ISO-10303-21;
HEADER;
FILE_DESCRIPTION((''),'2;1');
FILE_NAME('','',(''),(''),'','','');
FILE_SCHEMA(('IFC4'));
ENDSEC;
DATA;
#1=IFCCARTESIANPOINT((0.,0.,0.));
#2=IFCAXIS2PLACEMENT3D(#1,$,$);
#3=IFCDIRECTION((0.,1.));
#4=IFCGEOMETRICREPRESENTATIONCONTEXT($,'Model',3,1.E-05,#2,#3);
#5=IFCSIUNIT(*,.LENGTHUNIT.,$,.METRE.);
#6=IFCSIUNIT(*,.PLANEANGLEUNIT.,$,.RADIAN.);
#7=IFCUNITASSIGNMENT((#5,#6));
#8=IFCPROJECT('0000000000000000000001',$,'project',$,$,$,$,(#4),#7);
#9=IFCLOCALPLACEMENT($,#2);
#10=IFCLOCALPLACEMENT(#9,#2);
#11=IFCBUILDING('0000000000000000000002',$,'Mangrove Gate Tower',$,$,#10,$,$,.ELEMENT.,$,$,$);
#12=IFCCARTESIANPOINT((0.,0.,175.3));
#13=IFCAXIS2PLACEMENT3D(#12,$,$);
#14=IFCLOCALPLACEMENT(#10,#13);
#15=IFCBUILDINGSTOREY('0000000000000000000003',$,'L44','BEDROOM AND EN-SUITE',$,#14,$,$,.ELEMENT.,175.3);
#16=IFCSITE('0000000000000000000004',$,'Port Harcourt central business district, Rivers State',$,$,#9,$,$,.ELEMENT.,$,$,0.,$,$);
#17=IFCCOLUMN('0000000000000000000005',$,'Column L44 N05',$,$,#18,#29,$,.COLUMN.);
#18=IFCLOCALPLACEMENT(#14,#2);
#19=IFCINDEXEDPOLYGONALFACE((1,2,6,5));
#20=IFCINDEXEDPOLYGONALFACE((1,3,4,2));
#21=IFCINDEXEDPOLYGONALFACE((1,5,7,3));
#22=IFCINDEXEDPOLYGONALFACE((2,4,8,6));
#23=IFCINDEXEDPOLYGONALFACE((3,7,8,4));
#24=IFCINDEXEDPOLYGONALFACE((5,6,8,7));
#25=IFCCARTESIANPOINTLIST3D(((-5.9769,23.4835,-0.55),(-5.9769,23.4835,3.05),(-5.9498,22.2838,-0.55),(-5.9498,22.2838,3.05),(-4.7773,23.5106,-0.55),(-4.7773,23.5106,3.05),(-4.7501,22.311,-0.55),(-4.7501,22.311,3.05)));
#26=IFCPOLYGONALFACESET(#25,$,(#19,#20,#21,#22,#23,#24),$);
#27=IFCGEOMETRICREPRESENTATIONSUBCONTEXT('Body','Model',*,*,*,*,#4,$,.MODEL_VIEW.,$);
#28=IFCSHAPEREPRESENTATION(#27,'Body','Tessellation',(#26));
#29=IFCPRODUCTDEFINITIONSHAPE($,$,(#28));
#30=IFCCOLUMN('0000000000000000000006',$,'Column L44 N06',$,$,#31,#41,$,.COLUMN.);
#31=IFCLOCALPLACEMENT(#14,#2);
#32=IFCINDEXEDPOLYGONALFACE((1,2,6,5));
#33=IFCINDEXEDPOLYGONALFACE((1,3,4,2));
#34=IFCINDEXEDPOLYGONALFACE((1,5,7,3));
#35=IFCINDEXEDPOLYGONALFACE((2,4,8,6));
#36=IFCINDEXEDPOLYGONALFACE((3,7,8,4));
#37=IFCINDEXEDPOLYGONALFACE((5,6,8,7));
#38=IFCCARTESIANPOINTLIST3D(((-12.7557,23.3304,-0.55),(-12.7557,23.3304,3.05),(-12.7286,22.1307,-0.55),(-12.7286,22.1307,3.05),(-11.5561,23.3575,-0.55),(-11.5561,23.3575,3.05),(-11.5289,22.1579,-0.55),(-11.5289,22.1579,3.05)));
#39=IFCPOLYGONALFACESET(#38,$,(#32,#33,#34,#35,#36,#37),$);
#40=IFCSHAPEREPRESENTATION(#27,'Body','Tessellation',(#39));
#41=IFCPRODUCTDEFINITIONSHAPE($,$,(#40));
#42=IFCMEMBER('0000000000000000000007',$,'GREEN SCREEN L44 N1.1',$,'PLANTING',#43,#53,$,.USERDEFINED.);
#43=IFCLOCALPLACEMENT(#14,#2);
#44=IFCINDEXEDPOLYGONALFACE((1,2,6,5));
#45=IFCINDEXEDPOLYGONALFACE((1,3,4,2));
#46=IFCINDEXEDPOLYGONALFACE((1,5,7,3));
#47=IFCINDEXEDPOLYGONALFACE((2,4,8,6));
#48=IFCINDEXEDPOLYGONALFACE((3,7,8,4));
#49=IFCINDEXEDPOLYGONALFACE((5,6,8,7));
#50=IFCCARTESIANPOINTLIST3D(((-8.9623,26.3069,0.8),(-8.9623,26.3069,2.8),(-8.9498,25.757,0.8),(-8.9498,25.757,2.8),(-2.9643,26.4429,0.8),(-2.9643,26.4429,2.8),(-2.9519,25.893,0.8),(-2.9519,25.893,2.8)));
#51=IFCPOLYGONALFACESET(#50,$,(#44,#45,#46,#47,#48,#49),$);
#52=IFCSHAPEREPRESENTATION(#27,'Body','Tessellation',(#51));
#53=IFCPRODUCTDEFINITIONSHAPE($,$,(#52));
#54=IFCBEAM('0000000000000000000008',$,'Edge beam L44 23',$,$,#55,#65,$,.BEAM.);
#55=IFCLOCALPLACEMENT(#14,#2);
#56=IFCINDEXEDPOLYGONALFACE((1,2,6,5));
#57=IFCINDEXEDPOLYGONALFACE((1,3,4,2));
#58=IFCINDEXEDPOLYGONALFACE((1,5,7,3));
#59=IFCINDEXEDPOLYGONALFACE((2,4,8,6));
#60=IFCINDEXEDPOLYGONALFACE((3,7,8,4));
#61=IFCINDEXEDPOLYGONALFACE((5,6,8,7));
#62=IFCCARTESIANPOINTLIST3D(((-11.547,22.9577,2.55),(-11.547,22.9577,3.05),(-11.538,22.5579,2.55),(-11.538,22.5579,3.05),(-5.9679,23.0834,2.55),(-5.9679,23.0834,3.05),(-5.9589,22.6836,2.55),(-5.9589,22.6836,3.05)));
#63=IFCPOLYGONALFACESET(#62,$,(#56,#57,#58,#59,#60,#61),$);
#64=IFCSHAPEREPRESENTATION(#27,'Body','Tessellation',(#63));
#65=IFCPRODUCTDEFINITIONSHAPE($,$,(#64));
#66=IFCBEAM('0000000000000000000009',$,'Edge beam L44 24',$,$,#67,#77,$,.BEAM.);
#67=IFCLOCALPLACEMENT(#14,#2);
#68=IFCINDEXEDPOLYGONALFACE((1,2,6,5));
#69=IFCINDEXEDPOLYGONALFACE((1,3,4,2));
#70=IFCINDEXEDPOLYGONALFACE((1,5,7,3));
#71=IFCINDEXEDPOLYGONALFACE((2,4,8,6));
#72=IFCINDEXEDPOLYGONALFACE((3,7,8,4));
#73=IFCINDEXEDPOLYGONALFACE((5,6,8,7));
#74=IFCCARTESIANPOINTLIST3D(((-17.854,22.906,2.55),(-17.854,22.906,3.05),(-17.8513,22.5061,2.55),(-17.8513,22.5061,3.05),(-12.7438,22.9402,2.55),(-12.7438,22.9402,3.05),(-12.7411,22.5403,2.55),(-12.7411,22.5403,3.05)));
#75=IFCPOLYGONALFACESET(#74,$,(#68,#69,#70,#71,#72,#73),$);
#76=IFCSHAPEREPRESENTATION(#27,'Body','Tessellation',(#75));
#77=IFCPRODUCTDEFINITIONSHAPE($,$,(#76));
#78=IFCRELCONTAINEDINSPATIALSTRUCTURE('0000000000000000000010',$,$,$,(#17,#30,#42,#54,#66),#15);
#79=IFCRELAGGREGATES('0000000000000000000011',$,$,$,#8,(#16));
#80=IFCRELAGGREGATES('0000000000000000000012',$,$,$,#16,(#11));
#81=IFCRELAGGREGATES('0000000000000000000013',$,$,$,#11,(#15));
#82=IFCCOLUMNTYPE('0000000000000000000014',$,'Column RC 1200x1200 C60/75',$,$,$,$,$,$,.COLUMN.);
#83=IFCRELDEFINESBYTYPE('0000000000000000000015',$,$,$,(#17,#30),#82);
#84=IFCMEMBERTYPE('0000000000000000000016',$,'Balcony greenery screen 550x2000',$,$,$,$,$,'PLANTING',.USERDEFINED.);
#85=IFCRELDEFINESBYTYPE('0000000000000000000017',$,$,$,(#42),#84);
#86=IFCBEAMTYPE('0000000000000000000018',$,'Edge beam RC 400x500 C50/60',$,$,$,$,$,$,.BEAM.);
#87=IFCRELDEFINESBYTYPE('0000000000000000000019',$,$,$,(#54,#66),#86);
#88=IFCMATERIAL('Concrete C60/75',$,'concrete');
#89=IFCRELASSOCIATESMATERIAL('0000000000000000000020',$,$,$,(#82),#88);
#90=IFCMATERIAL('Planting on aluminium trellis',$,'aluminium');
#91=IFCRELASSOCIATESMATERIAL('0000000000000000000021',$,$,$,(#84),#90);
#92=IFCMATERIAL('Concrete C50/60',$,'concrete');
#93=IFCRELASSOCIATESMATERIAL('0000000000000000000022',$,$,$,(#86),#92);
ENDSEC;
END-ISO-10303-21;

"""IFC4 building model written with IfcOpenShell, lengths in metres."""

from ifc_helpers import new_model, si_unit, direction, frame, origin, origin_2d, place, context, subcontext, project, spatial, rectangle, extrude, material, material_profile, profile_set, type_object, element, save


model = new_model("IFC4")

# Units and contexts
model_context = context("Model", 3, precision=1e-05, world=origin(), true_north=direction((0.0, 1.0)))
body_context = subcontext(model_context, "Body", "Model", "MODEL_VIEW")
ifc_project = project(units=[si_unit("LENGTHUNIT", "METRE"), si_unit("PLANEANGLEUNIT", "RADIAN")], contexts=[model_context])

# Site, building, storey
site_placement = place(None, origin())
site = spatial("IfcSite", under=ifc_project, at=site_placement, Name="Port Harcourt central business district, Rivers State", CompositionType="ELEMENT", RefElevation=0.0)
building_placement = place(site_placement, origin())
building = spatial("IfcBuilding", under=site, at=building_placement, Name="Mangrove Gate Tower", CompositionType="ELEMENT")
storey_placement = place(building_placement, frame((0.0, 0.0, 175.3)))
storey = spatial("IfcBuildingStorey", under=building, at=storey_placement, Name="L44", Description="BEDROOM AND EN-SUITE", CompositionType="ELEMENT", Elevation=175.3)

# Columns
ifc_material_1 = material(Name="Concrete C60/75", Category="concrete")
ifc_material_profile_1 = material_profile(ifc_material_1, rectangle(XDim=1.2, YDim=1.2, at=origin_2d()))
ifc_profile_set_1 = profile_set([ifc_material_profile_1], Name="Concrete C60/75")
column_type = type_object("IfcColumnType", Name="Column RC 1200x1200 C60/75", PredefinedType="COLUMN", material=ifc_profile_set_1)
for number, where, z_axis, x_axis, name in (
    (1, (-5.3635, 22.8972, -0.55), (0.0, 0.0, 1.0), (-0.999744, -0.022639, 0.0), "Column L44 N05"),
    (2, (-12.1423, 22.7441, -0.55), (0.0, 0.0, 1.0), (-0.999744, -0.022639, 0.0), "Column L44 N06"),
):
    element("IfcColumn", number, at=place(storey_placement, frame(where, z_axis=z_axis, x_axis=x_axis)), inside=storey, type_object=column_type, Name=name, PredefinedType="COLUMN", context=body_context, shape_type="SweptSolid", body=[
        extrude(rectangle(XDim=1.2, YDim=1.2, at=origin_2d()), origin(), (0.0, 0.0, 1.0), 3.6001),
    ])

# Member
ifc_material_2 = material(Name="Planting on aluminium trellis", Category="aluminium")
ifc_material_profile_2 = material_profile(ifc_material_2, rectangle(XDim=0.55, YDim=2.0, at=origin_2d()))
ifc_profile_set_2 = profile_set([ifc_material_profile_2], Name="Planting on aluminium trellis")
member_type = type_object("IfcMemberType", Name="Balcony greenery screen 550x2000", ElementType="PLANTING", PredefinedType="USERDEFINED", material=ifc_profile_set_2)
member_placement = place(storey_placement, frame((-8.9561, 26.032, 1.8), z_axis=(0.999743, 0.022666, 0.0), x_axis=(-0.022666, 0.999743, 0.0)))
element("IfcMember", 3, at=member_placement, inside=storey, type_object=member_type, Name="GREEN SCREEN L44 N1.1", ObjectType="PLANTING", PredefinedType="USERDEFINED", context=body_context, shape_type="SweptSolid", body=[
    extrude(rectangle(XDim=0.55, YDim=2.0, at=origin_2d()), origin(), (0.0, 0.0, 1.0), 5.9995),
])

# Beams
ifc_material_3 = material(Name="Concrete C50/60", Category="concrete")
ifc_material_profile_3 = material_profile(ifc_material_3, rectangle(XDim=0.3999, YDim=0.5, at=origin_2d()))
ifc_profile_set_3 = profile_set([ifc_material_profile_3], Name="Concrete C50/60")
beam_type = type_object("IfcBeamType", Name="Edge beam RC 400x500 C50/60", PredefinedType="BEAM", material=ifc_profile_set_3)
beam_1_placement = place(storey_placement, frame((-5.9634, 22.8835, 2.8), z_axis=(-0.999746, -0.022531, 0.0), x_axis=(0.022531, -0.999746, 0.0)))
element("IfcBeam", 4, at=beam_1_placement, inside=storey, type_object=beam_type, Name="Edge beam L44 23", PredefinedType="BEAM", context=body_context, shape_type="SweptSolid", body=[
    extrude(rectangle(XDim=0.3999, YDim=0.5, at=origin_2d()), origin(), (0.0, 0.0, 1.0), 5.5806),
])
beam_2_placement = place(storey_placement, frame((-12.7424, 22.7402, 2.8), z_axis=(-0.999978, -0.006688, 0.0), x_axis=(0.006688, -0.999978, 0.0)))
element("IfcBeam", 5, at=beam_2_placement, inside=storey, type_object=beam_type, Name="Edge beam L44 24", PredefinedType="BEAM", context=body_context, shape_type="SweptSolid", body=[
    extrude(rectangle(XDim=0.3999, YDim=0.5, at=origin_2d()), origin(), (0.0, 0.0, 1.0), 5.1104),
])

save(model, "model.ifc")
